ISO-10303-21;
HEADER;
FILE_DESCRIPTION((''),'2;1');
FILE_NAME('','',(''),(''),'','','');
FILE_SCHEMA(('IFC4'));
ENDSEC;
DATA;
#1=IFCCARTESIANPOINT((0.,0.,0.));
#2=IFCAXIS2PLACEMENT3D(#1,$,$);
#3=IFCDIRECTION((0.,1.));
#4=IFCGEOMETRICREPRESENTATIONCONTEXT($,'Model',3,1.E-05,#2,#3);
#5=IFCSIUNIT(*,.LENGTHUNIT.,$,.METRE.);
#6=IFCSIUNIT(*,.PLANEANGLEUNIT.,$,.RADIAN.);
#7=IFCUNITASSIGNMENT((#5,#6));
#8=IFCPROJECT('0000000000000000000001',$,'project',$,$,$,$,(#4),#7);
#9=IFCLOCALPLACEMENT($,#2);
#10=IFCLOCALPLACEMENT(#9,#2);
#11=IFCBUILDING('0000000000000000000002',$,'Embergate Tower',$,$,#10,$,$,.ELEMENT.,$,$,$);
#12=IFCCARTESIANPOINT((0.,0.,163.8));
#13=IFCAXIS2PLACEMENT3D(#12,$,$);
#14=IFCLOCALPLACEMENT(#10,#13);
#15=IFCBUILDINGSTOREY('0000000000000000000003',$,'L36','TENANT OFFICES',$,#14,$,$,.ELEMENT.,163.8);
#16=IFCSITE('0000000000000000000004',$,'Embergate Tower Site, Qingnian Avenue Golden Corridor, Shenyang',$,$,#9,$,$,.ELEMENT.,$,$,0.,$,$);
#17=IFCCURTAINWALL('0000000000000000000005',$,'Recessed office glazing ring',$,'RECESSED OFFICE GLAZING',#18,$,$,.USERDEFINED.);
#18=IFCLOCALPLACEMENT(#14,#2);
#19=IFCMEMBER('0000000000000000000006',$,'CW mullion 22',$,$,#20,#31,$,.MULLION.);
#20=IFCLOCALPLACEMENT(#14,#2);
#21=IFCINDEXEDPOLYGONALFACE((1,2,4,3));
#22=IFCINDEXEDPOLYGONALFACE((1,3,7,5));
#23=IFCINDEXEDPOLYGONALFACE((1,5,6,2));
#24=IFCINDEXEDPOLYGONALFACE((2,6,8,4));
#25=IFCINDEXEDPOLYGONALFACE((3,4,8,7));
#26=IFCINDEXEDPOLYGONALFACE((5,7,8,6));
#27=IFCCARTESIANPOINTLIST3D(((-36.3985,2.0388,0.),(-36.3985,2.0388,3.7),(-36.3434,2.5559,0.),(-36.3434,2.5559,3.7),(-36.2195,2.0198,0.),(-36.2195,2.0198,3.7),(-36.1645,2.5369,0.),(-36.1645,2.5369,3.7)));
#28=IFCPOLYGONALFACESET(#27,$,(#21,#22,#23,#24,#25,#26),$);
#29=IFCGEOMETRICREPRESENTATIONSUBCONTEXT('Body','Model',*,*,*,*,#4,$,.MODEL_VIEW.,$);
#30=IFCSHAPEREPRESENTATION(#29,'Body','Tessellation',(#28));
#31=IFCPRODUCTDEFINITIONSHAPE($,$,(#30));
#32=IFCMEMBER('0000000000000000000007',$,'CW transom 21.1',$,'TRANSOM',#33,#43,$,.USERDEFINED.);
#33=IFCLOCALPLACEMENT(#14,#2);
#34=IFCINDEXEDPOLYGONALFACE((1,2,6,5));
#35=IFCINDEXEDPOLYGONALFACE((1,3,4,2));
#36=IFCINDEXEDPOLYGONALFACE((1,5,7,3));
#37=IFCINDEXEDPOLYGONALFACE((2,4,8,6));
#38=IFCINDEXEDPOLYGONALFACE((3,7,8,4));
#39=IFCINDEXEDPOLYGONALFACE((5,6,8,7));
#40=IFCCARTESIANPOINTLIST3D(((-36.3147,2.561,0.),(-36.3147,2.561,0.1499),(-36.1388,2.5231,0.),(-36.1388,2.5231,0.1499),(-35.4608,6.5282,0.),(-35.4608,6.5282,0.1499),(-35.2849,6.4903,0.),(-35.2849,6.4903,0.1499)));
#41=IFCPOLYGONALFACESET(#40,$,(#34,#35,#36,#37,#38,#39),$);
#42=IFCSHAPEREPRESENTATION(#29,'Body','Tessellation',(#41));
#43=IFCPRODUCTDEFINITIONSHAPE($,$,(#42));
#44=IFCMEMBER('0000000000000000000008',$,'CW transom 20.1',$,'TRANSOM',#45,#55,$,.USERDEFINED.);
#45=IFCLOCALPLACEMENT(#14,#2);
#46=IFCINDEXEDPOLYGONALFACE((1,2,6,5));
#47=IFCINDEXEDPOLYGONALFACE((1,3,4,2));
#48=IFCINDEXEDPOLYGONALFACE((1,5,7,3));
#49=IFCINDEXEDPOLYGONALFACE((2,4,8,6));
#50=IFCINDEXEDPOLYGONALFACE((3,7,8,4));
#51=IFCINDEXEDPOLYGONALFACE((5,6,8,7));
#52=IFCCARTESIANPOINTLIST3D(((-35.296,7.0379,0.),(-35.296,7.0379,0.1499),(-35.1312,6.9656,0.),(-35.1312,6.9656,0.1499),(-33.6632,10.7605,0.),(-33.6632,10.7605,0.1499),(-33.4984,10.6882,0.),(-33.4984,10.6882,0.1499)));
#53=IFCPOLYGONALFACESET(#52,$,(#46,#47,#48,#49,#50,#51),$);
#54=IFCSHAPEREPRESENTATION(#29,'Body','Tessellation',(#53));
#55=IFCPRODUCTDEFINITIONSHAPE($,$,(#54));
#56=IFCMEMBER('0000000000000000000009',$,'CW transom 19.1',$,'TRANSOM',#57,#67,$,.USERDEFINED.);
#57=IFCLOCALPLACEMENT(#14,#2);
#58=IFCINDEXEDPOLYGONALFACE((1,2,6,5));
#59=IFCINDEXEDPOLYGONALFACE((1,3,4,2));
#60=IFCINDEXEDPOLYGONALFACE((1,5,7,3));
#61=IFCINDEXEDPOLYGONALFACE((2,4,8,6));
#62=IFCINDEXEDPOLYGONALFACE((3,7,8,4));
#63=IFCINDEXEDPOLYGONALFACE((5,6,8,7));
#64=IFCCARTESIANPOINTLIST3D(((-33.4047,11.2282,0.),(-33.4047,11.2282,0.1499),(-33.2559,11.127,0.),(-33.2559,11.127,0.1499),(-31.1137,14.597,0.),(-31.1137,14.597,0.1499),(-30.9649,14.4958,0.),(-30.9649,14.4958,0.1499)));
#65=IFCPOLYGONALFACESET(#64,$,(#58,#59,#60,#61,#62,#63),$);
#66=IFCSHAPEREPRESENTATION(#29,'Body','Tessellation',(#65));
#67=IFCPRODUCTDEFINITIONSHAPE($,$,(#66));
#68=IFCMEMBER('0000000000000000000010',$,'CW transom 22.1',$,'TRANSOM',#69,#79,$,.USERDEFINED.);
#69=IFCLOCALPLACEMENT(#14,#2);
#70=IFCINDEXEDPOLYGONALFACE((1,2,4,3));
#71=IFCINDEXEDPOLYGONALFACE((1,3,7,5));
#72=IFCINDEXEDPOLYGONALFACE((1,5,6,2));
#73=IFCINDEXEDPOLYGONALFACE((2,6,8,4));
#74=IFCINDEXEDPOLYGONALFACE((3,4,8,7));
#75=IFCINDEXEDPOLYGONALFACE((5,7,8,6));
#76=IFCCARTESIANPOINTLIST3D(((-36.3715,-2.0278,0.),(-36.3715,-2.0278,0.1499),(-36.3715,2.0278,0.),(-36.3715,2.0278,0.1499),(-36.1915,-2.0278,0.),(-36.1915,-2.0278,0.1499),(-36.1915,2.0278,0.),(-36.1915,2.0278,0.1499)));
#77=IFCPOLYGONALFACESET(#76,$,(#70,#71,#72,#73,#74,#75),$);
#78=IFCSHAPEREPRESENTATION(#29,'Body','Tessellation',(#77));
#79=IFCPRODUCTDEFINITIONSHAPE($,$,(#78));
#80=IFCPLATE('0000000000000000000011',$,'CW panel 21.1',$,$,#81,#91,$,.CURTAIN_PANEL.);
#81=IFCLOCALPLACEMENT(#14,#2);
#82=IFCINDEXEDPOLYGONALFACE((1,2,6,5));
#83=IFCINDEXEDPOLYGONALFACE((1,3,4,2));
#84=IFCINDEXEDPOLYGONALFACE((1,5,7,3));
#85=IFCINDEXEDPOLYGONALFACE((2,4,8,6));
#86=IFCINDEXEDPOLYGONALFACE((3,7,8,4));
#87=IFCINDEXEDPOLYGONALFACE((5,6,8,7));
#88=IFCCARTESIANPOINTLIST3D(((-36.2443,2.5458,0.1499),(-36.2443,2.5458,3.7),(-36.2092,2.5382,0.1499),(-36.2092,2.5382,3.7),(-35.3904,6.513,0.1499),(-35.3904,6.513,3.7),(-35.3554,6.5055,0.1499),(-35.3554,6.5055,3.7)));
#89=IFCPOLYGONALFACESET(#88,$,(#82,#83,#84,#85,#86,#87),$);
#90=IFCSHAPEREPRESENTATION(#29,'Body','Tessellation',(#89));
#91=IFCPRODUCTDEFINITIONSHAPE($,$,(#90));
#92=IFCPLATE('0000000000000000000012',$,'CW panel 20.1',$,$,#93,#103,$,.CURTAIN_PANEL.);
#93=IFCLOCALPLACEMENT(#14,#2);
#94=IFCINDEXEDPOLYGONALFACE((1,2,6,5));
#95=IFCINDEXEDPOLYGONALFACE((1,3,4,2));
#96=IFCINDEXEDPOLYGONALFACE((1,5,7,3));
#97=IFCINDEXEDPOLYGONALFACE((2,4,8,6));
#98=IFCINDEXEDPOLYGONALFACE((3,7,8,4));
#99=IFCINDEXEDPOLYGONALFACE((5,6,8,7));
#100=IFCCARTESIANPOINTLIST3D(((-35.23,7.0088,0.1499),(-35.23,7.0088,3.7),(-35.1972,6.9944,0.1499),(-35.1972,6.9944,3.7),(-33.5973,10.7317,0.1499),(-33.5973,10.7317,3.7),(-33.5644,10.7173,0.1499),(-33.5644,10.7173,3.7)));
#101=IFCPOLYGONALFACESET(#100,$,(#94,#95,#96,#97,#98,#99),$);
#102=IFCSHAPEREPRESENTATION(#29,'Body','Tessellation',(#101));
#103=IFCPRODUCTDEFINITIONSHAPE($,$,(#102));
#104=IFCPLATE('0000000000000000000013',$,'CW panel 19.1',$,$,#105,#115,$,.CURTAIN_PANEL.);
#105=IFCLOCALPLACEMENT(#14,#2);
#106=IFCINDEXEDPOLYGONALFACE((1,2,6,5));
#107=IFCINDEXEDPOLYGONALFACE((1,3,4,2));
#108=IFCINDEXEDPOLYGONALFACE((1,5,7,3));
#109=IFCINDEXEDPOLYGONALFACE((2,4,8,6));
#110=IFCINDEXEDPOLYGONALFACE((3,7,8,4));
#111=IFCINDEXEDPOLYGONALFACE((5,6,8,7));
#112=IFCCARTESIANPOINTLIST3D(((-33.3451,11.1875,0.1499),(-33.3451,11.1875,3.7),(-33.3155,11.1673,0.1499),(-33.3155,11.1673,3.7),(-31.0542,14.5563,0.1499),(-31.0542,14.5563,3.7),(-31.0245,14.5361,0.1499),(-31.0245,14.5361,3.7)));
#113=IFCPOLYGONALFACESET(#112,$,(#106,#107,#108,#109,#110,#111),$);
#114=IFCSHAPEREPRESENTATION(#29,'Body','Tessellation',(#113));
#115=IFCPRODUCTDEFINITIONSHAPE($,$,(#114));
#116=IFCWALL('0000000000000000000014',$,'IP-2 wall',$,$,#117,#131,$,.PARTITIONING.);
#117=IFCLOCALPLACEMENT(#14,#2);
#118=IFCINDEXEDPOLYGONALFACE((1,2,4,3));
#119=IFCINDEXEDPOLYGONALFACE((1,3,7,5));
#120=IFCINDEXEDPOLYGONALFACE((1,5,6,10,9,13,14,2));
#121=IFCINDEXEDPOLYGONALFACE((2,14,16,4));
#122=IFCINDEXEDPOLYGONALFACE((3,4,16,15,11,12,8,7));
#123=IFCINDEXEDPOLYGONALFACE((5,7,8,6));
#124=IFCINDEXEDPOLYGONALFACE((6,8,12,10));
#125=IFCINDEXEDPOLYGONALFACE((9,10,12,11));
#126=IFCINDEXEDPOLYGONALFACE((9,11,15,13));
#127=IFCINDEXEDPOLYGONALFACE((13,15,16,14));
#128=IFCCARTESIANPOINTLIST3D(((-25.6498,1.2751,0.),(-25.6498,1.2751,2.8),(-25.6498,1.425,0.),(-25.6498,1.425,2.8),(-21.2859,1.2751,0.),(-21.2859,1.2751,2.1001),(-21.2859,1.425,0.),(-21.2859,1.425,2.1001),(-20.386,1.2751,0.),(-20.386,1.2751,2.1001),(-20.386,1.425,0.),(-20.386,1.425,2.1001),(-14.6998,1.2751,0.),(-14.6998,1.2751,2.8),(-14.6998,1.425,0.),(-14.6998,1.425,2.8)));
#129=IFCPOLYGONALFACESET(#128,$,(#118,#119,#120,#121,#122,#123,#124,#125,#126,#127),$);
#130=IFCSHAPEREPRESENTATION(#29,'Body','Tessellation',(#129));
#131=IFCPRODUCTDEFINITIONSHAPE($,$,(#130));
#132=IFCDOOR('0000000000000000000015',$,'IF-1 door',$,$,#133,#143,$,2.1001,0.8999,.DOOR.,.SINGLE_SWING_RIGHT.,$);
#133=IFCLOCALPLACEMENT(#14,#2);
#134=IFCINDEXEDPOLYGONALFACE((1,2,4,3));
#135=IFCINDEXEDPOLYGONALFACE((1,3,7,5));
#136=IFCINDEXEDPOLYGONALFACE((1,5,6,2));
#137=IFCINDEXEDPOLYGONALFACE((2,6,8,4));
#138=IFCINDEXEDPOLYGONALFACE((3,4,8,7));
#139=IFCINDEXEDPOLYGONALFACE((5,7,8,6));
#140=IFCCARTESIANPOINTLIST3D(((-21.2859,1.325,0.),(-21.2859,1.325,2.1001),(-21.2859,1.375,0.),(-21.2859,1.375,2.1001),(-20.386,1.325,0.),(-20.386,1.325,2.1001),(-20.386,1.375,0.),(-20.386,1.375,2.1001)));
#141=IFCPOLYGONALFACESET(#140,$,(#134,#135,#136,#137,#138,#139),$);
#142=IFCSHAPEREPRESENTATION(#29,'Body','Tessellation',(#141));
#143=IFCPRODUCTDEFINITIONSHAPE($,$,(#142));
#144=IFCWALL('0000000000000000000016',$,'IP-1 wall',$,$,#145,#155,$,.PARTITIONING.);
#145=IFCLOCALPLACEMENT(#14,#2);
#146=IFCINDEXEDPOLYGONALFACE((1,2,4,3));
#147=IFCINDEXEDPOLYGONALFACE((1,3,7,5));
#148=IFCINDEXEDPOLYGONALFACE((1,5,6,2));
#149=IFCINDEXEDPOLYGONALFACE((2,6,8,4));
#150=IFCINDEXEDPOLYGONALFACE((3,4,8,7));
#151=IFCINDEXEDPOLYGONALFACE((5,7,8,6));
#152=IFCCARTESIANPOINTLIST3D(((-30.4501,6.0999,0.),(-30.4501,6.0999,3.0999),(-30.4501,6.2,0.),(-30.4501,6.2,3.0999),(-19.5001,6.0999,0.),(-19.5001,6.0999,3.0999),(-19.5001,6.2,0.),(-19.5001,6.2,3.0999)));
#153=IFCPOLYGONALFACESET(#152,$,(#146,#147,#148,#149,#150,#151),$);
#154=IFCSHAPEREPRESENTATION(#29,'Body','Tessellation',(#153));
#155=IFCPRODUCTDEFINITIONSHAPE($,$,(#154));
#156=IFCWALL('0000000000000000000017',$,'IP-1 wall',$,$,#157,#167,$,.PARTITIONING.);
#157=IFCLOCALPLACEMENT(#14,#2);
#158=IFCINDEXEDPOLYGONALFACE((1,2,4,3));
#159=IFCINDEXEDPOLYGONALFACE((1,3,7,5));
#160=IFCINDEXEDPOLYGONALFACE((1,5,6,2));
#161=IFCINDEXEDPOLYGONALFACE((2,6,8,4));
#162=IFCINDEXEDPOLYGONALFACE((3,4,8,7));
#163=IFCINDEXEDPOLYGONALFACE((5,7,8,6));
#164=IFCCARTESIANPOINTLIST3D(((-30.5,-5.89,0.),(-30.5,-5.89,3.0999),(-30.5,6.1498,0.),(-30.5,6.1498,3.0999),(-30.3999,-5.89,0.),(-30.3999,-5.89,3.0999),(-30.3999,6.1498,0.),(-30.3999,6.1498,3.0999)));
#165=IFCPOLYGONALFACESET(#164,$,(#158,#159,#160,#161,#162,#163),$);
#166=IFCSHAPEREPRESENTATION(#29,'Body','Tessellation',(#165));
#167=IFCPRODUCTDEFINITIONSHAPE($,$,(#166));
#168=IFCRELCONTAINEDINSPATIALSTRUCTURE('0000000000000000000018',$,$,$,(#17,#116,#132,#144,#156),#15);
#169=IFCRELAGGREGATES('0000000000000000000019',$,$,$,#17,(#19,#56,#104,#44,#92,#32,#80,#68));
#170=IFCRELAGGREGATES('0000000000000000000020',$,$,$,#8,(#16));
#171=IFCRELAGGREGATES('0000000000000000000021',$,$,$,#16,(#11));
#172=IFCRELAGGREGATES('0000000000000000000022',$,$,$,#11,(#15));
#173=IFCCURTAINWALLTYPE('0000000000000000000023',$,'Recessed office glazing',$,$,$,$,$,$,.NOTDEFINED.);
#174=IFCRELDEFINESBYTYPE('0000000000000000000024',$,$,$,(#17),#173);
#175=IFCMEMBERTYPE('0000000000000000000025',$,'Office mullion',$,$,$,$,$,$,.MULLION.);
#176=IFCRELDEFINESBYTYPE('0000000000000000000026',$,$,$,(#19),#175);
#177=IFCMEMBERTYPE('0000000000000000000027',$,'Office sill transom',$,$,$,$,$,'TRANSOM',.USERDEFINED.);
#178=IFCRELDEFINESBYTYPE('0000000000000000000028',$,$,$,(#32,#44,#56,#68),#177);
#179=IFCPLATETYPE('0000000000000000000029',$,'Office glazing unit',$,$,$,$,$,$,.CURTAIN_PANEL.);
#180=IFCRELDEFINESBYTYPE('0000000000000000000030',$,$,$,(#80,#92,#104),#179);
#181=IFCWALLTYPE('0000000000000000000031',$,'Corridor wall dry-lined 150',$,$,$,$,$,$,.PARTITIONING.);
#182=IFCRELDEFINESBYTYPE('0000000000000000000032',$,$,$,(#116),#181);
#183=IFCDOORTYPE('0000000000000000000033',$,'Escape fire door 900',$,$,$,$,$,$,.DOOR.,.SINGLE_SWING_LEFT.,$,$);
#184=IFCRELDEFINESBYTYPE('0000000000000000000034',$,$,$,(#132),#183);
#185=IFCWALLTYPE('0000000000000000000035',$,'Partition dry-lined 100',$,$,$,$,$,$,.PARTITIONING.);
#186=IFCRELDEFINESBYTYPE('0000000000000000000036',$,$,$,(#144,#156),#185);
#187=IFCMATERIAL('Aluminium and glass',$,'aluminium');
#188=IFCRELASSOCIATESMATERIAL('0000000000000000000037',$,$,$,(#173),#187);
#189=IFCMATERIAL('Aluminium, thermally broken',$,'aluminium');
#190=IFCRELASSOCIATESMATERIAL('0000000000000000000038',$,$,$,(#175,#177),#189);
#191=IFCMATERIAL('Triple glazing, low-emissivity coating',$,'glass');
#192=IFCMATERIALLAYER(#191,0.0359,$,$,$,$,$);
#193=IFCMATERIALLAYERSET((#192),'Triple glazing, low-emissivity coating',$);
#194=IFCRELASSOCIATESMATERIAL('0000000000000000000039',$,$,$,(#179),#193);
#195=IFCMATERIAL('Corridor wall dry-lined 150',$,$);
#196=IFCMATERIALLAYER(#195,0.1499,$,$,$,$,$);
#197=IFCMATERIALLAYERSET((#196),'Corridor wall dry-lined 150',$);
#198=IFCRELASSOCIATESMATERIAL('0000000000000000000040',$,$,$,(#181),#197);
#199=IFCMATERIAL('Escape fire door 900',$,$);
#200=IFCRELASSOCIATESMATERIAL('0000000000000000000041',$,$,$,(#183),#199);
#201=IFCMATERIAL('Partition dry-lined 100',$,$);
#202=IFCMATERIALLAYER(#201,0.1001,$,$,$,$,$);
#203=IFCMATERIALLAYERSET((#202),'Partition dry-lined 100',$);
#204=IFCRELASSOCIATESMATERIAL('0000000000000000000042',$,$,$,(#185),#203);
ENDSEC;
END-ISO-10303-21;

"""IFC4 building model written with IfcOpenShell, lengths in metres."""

from ifc_helpers import new_model, si_unit, direction, frame, frame_2d, origin, origin_2d, place, context, subcontext, project, spatial, rectangle, extrude, source, transform, mapped, material, layer, layer_set, material_profile, profile_set, type_object, element, fill, aggregate, save


model = new_model("IFC4")

# Units and contexts
model_context = context("Model", 3, precision=1e-05, world=origin(), true_north=direction((0.0, 1.0)))
body_context = subcontext(model_context, "Body", "Model", "MODEL_VIEW")
ifc_project = project(units=[si_unit("LENGTHUNIT", "METRE"), si_unit("PLANEANGLEUNIT", "RADIAN")], contexts=[model_context])

# Site, building, storey
site_placement = place(None, origin())
site = spatial("IfcSite", under=ifc_project, at=site_placement, Name="Embergate Tower Site, Qingnian Avenue Golden Corridor, Shenyang", CompositionType="ELEMENT", RefElevation=0.0)
building_placement = place(site_placement, origin())
building = spatial("IfcBuilding", under=site, at=building_placement, Name="Embergate Tower", CompositionType="ELEMENT")
storey_placement = place(building_placement, frame((0.0, 0.0, 163.8)))
storey = spatial("IfcBuildingStorey", under=building, at=storey_placement, Name="L36", Description="TENANT OFFICES", CompositionType="ELEMENT", Elevation=163.8)

# Curtain wall, members, plates
ifc_material_1 = material(Name="Aluminium and glass", Category="aluminium")
curtain_wall_type = type_object("IfcCurtainWallType", Name="Recessed office glazing", PredefinedType="NOTDEFINED", material=ifc_material_1)
curtain_wall_placement = place(storey_placement, origin())
curtain_wall = element("IfcCurtainWall", 1, at=curtain_wall_placement, inside=storey, type_object=curtain_wall_type, Name="Recessed office glazing ring", ObjectType="RECESSED OFFICE GLAZING", PredefinedType="USERDEFINED")
ifc_material_2 = material(Name="Aluminium, thermally broken", Category="aluminium")
ifc_material_profile_1 = material_profile(ifc_material_2, rectangle(XDim=0.1799, YDim=0.52, at=origin_2d()), Name="AL 520x180")
ifc_profile_set_1 = profile_set([ifc_material_profile_1], Name="Aluminium, thermally broken")
member_type_1 = type_object("IfcMemberType", Name="Office mullion", PredefinedType="MULLION", material=ifc_profile_set_1)
shared_shape_1 = source(origin(), body_context, "Body", "SweptSolid", [
    extrude(rectangle(XDim=0.1799, YDim=0.52, at=origin_2d()), origin(), (0.0, 0.0, 1.0), 3.7),
])
member_1_placement = place(storey_placement, frame((-36.2815, 2.2878, 0.0), z_axis=(0.0, 0.0, 1.0), x_axis=(0.994385, -0.105823, 0.0)))
member_1 = element("IfcMember", 2, at=member_1_placement, type_object=member_type_1, Name="CW mullion 22", PredefinedType="MULLION", context=body_context, shape_type="MappedRepresentation", body=[
    mapped(shared_shape_1, transform((0.0, 0.0, 0.0))),
])
ifc_material_profile_2 = material_profile(ifc_material_2, rectangle(XDim=0.1799, YDim=0.1499, at=origin_2d()), Name="AL 150x180")
ifc_profile_set_2 = profile_set([ifc_material_profile_2], Name="Aluminium, thermally broken")
member_type_2 = type_object("IfcMemberType", Name="Office sill transom", ElementType="TRANSOM", PredefinedType="USERDEFINED", material=ifc_profile_set_2)
shared_shape_2 = source(origin(), body_context, "Body", "SweptSolid", [
    extrude(rectangle(XDim=0.1799, YDim=0.1499, at=origin_2d()), origin(), (0.0, 0.0, 1.0), 4.0581),
])
member_2_placement = place(storey_placement, frame((-35.3728, 6.5093, 0.075), z_axis=(-0.210441, -0.977607, 0.0), x_axis=(0.977607, -0.210441, 0.0)))
member_2 = element("IfcMember", 3, at=member_2_placement, type_object=member_type_2, Name="CW transom 21.1", ObjectType="TRANSOM", PredefinedType="USERDEFINED", context=body_context, shape_type="MappedRepresentation", body=[
    mapped(shared_shape_2, transform((0.0, 0.0, 0.0))),
])
shared_shape_3 = source(origin(), body_context, "Body", "SweptSolid", [
    extrude(rectangle(XDim=0.1799, YDim=0.1499, at=origin_2d()), origin(), (0.0, 0.0, 1.0), 4.0649),
])
member_3_placement = place(storey_placement, frame((-33.5808, 10.7244, 0.075), z_axis=(-0.401676, -0.915782, 0.0), x_axis=(0.915782, -0.401676, 0.0)))
member_3 = element("IfcMember", 4, at=member_3_placement, type_object=member_type_2, Name="CW transom 20.1", ObjectType="TRANSOM", PredefinedType="USERDEFINED", context=body_context, shape_type="MappedRepresentation", body=[
    mapped(shared_shape_3, transform((0.0, 0.0, 0.0))),
])
shared_shape_4 = source(origin(), body_context, "Body", "SweptSolid", [
    extrude(rectangle(XDim=0.1799, YDim=0.1499, at=origin_2d()), origin(), (0.0, 0.0, 1.0), 4.074),
])
member_4_placement = place(storey_placement, frame((-31.0393, 14.5464, 0.075), z_axis=(-0.562338, -0.826908, 0.0), x_axis=(0.826908, -0.562338, 0.0)))
member_4 = element("IfcMember", 5, at=member_4_placement, type_object=member_type_2, Name="CW transom 19.1", ObjectType="TRANSOM", PredefinedType="USERDEFINED", context=body_context, shape_type="MappedRepresentation", body=[
    mapped(shared_shape_4, transform((0.0, 0.0, 0.0))),
])
shared_shape_5 = source(origin(), body_context, "Body", "SweptSolid", [
    extrude(rectangle(XDim=0.1799, YDim=0.1499, at=origin_2d()), origin(), (0.0, 0.0, 1.0), 4.0557),
])
member_5_placement = place(storey_placement, frame((-36.2815, 2.0278, 0.075), z_axis=(0.0, -1.0, 0.0), x_axis=(1.0, 0.0, 0.0)))
member_5 = element("IfcMember", 6, at=member_5_placement, type_object=member_type_2, Name="CW transom 22.1", ObjectType="TRANSOM", PredefinedType="USERDEFINED", context=body_context, shape_type="MappedRepresentation", body=[
    mapped(shared_shape_5, transform((0.0, 0.0, 0.0))),
])
ifc_material_3 = material(Name="Triple glazing, low-emissivity coating", Category="glass")
ifc_layer_1 = layer(ifc_material_3, 0.0359)
ifc_layer_set_1 = layer_set([ifc_layer_1], Name="Triple glazing, low-emissivity coating")
plate_type = type_object("IfcPlateType", Name="Office glazing unit", PredefinedType="CURTAIN_PANEL", material=ifc_layer_set_1)
shared_shape_6 = source(origin(), body_context, "Body", "SweptSolid", [
    extrude(rectangle(XDim=4.0581, YDim=0.0359, at=origin_2d()), origin(), (0.0, 0.0, 1.0), 3.55),
])
plate_1_placement = place(storey_placement, frame((-35.7998, 4.5256, 0.1499), z_axis=(0.0, 0.0, 1.0), x_axis=(-0.210398, -0.977616, 0.0)))
plate_1 = element("IfcPlate", 7, at=plate_1_placement, type_object=plate_type, Name="CW panel 21.1", PredefinedType="CURTAIN_PANEL", context=body_context, shape_type="MappedRepresentation", body=[
    mapped(shared_shape_6, transform((0.0, 0.0, 0.0))),
])
shared_shape_7 = source(origin(), body_context, "Body", "SweptSolid", [
    extrude(rectangle(XDim=4.0652, YDim=0.0359, at=origin_2d()), origin(), (0.0, 0.0, 1.0), 3.55),
])
plate_2_placement = place(storey_placement, frame((-34.3972, 8.863, 0.1499), z_axis=(0.0, 0.0, 1.0), x_axis=(-0.401652, -0.915792, 0.0)))
plate_2 = element("IfcPlate", 8, at=plate_2_placement, type_object=plate_type, Name="CW panel 20.1", PredefinedType="CURTAIN_PANEL", context=body_context, shape_type="MappedRepresentation", body=[
    mapped(shared_shape_7, transform((0.0, 0.0, 0.0))),
])
shared_shape_8 = source(origin(), body_context, "Body", "SweptSolid", [
    extrude(rectangle(XDim=4.074, YDim=0.0359, at=origin_2d()), origin(), (0.0, 0.0, 1.0), 3.55),
])
plate_3_placement = place(storey_placement, frame((-32.1848, 12.8618, 0.1499), z_axis=(0.0, 0.0, 1.0), x_axis=(-0.562342, -0.826905, 0.0)))
plate_3 = element("IfcPlate", 9, at=plate_3_placement, type_object=plate_type, Name="CW panel 19.1", PredefinedType="CURTAIN_PANEL", context=body_context, shape_type="MappedRepresentation", body=[
    mapped(shared_shape_8, transform((0.0, 0.0, 0.0))),
])
aggregate(curtain_wall, [member_1, member_4, plate_3, member_3, plate_2, member_2, plate_1, member_5])

# Wall, opening, door
ifc_material_4 = material(Name="Corridor wall dry-lined 150")
ifc_layer_2 = layer(ifc_material_4, 0.1499)
ifc_layer_set_2 = layer_set([ifc_layer_2], Name="Corridor wall dry-lined 150")
wall_type_1 = type_object("IfcWallType", Name="Corridor wall dry-lined 150", PredefinedType="PARTITIONING", material=ifc_layer_set_2)
shared_shape_9 = source(origin(), body_context, "Body", "SweptSolid", [
    extrude(rectangle(XDim=10.95, YDim=0.1499, at=frame_2d((5.4751, 0.0))), origin(), (0.0, 0.0, 1.0), 2.8),
])
wall_1_placement = place(storey_placement, frame((-25.6499, 1.3501, 0.0), z_axis=(0.0, 0.0, 1.0), x_axis=(1.0, 0.0, 0.0)))
wall_1 = element("IfcWall", 10, at=wall_1_placement, inside=storey, type_object=wall_type_1, Name="IP-2 wall", PredefinedType="PARTITIONING", context=body_context, shape_type="MappedRepresentation", body=[
    mapped(shared_shape_9, transform((0.0, 0.0, 0.0))),
])
shared_shape_10 = source(origin(), body_context, "Body", "SweptSolid", [
    extrude(rectangle(XDim=0.8999, YDim=2.1001, at=frame_2d((0.45, 1.05))), frame((0.0, 0.085, 0.0), z_axis=(0.0, -1.0, 0.0), x_axis=(1.0, 0.0, 0.0)), (0.0, 0.0, 1.0), 0.1699),
])
opening_placement = place(wall_1_placement, frame((4.364, 0.0, 0.0)))
opening = element("IfcOpeningElement", 11, at=opening_placement, cuts=wall_1, PredefinedType="OPENING", context=body_context, shape_type="MappedRepresentation", body=[
    mapped(shared_shape_10, transform((0.0, 0.0, 0.0))),
])
ifc_material_5 = material(Name="Escape fire door 900")
door_type = type_object("IfcDoorType", Name="Escape fire door 900", OperationType="SINGLE_SWING_LEFT", PredefinedType="DOOR", material=ifc_material_5)
shared_shape_11 = source(origin(), body_context, "Body", "SweptSolid", [
    extrude(rectangle(XDim=0.8999, YDim=2.1001, at=frame_2d((0.45, 1.05))), frame((0.0, 0.0249, 0.0), z_axis=(0.0, -1.0, 0.0), x_axis=(1.0, 0.0, 0.0)), (0.0, 0.0, 1.0), 0.05),
])
door_placement = place(opening_placement, origin())
door = element("IfcDoor", 12, at=door_placement, inside=storey, type_object=door_type, Name="IF-1 door", OperationType="SINGLE_SWING_RIGHT", OverallHeight=2.1001, OverallWidth=0.8999, PredefinedType="DOOR", context=body_context, shape_type="MappedRepresentation", body=[
    mapped(shared_shape_11, transform((0.0, 0.0, 0.0))),
])
fill(opening, door)

# Walls
ifc_material_6 = material(Name="Partition dry-lined 100")
ifc_layer_3 = layer(ifc_material_6, 0.1001)
ifc_layer_set_3 = layer_set([ifc_layer_3], Name="Partition dry-lined 100")
wall_type_2 = type_object("IfcWallType", Name="Partition dry-lined 100", PredefinedType="PARTITIONING", material=ifc_layer_set_3)
shared_shape_12 = source(origin(), body_context, "Body", "SweptSolid", [
    extrude(rectangle(XDim=10.95, YDim=0.1001, at=frame_2d((5.4751, 0.0))), origin(), (0.0, 0.0, 1.0), 3.0999),
])
wall_2_placement = place(storey_placement, frame((-19.5, 6.1499, 0.0), z_axis=(0.0, 0.0, 1.0), x_axis=(-1.0, 0.0, 0.0)))
element("IfcWall", 13, at=wall_2_placement, inside=storey, type_object=wall_type_2, Name="IP-1 wall", PredefinedType="PARTITIONING", context=body_context, shape_type="MappedRepresentation", body=[
    mapped(shared_shape_12, transform((0.0, 0.0, 0.0))),
])
shared_shape_13 = source(origin(), body_context, "Body", "SweptSolid", [
    extrude(rectangle(XDim=12.0398, YDim=0.1001, at=frame_2d((6.02, 0.0))), origin(), (0.0, 0.0, 1.0), 3.0999),
])
wall_3_placement = place(storey_placement, frame((-30.45, 6.1499, 0.0), z_axis=(0.0, 0.0, 1.0), x_axis=(0.0, -1.0, 0.0)))
element("IfcWall", 14, at=wall_3_placement, inside=storey, type_object=wall_type_2, Name="IP-1 wall", PredefinedType="PARTITIONING", context=body_context, shape_type="MappedRepresentation", body=[
    mapped(shared_shape_13, transform((0.0, 0.0, 0.0))),
])

save(model, "model.ifc")
